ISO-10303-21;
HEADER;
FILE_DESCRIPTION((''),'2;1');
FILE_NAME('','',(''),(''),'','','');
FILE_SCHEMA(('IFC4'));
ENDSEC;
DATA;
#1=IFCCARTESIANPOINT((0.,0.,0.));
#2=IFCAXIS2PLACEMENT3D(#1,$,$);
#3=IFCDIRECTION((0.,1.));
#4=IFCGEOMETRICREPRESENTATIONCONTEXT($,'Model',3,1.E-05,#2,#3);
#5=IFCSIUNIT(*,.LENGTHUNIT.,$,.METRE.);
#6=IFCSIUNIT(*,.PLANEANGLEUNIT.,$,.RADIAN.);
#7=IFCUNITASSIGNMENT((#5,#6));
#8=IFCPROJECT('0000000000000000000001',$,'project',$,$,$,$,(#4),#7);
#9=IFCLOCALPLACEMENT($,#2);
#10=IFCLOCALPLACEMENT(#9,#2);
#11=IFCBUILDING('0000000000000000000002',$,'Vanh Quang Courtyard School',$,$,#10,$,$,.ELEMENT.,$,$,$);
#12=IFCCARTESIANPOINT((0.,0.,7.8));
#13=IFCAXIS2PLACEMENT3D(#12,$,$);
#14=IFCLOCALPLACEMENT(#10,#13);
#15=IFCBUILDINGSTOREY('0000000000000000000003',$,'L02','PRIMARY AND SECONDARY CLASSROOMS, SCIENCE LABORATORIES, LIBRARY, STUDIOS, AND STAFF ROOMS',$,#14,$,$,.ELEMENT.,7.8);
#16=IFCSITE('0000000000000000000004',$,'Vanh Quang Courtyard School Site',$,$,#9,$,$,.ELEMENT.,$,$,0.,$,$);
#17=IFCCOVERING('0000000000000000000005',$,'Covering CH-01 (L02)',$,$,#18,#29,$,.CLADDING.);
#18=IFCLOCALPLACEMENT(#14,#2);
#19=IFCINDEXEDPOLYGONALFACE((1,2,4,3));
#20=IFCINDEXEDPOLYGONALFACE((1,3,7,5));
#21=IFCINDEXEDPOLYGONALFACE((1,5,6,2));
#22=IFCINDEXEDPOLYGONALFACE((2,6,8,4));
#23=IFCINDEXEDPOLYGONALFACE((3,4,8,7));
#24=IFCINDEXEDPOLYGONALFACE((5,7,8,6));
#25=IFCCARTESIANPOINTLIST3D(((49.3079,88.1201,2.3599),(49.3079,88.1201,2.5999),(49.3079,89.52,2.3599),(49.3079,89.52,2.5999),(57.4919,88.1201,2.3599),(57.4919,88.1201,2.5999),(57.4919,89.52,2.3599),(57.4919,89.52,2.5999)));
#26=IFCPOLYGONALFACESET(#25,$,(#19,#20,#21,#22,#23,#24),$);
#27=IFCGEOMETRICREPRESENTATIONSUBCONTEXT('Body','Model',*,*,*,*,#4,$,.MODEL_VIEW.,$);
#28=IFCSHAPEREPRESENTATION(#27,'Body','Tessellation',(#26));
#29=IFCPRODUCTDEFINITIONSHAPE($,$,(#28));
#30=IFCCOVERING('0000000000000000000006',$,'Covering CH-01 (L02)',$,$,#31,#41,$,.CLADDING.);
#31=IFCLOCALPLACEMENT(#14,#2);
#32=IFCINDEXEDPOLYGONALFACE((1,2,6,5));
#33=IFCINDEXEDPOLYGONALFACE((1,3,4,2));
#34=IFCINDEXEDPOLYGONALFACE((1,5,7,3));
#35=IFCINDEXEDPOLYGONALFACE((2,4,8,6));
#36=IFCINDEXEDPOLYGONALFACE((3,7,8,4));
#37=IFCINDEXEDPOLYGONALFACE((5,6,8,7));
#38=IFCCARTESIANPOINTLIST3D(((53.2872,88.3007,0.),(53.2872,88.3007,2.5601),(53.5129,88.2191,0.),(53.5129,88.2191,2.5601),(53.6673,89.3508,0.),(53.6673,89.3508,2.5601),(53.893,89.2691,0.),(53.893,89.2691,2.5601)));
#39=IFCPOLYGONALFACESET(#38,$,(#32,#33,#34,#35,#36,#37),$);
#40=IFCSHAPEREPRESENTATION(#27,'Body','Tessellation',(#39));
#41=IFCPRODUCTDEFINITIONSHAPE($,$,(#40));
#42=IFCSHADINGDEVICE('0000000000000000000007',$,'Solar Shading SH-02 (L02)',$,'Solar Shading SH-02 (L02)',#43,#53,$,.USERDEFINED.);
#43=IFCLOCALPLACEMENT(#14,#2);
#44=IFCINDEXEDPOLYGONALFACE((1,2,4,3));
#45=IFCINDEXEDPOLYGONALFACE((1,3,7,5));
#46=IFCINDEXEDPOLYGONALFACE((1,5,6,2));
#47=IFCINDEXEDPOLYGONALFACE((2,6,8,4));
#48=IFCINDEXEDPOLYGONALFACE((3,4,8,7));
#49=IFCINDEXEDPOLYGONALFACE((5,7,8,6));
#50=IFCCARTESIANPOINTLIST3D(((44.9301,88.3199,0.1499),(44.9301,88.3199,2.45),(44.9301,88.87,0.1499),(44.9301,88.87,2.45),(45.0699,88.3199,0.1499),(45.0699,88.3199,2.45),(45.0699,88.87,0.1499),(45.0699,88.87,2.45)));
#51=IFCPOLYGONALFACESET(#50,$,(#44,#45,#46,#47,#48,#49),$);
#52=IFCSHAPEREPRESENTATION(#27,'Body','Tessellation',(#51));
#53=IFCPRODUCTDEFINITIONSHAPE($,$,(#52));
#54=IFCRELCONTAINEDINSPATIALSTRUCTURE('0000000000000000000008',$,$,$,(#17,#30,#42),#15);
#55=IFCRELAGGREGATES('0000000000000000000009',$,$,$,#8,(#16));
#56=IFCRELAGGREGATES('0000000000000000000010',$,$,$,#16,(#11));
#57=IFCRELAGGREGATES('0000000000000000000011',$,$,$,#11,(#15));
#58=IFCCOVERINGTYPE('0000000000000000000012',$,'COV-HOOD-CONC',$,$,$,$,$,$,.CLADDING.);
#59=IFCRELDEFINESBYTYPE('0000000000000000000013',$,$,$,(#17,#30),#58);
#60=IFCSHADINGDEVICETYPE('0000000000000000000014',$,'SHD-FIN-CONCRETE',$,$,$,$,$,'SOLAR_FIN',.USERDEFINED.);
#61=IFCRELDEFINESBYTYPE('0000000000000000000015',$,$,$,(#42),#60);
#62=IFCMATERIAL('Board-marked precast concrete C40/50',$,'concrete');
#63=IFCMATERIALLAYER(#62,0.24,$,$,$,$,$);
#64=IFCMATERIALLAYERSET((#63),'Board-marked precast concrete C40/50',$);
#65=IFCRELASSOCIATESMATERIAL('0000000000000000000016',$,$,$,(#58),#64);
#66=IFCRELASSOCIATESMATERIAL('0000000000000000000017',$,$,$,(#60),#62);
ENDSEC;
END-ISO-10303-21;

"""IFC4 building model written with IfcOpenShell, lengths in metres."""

from ifc_helpers import new_model, si_unit, direction, frame, origin, origin_2d, place, context, subcontext, project, spatial, rectangle, extrude, material, layer, layer_set, type_object, element, save


model = new_model("IFC4")

# Units and contexts
model_context = context("Model", 3, precision=1e-05, world=origin(), true_north=direction((0.0, 1.0)))
body_context = subcontext(model_context, "Body", "Model", "MODEL_VIEW")
ifc_project = project(units=[si_unit("LENGTHUNIT", "METRE"), si_unit("PLANEANGLEUNIT", "RADIAN")], contexts=[model_context])

# Site, building, storey
site_placement = place(None, origin())
site = spatial("IfcSite", under=ifc_project, at=site_placement, Name="Vanh Quang Courtyard School Site", CompositionType="ELEMENT", RefElevation=0.0)
building_placement = place(site_placement, origin())
building = spatial("IfcBuilding", under=site, at=building_placement, Name="Vanh Quang Courtyard School", CompositionType="ELEMENT")
storey_placement = place(building_placement, frame((0.0, 0.0, 7.8)))
storey = spatial("IfcBuildingStorey", under=building, at=storey_placement, Name="L02", Description="PRIMARY AND SECONDARY CLASSROOMS, SCIENCE LABORATORIES, LIBRARY, STUDIOS, AND STAFF ROOMS", CompositionType="ELEMENT", Elevation=7.8)

# Coverings
ifc_material_1 = material(Name="Board-marked precast concrete C40/50", Category="concrete")
ifc_layer_1 = layer(ifc_material_1, 0.24)
ifc_layer_set_1 = layer_set([ifc_layer_1], Name="Board-marked precast concrete C40/50")
covering_type = type_object("IfcCoveringType", Name="COV-HOOD-CONC", PredefinedType="CLADDING", material=ifc_layer_set_1)
covering_1_placement = place(storey_placement, frame((53.3999, 88.8201, 2.3599), z_axis=(0.0, 0.0, 1.0), x_axis=(1.0, 0.0, 0.0)))
element("IfcCovering", 1, at=covering_1_placement, inside=storey, type_object=covering_type, Name="Covering CH-01 (L02)", PredefinedType="CLADDING", context=body_context, shape_type="SweptSolid", body=[
    extrude(rectangle(XDim=8.1841, YDim=1.3999, at=origin_2d()), origin(), (0.0, 0.0, 1.0), 0.24),
])
covering_2_placement = place(storey_placement, frame((53.5901, 88.7849, 0.0), z_axis=(0.0, 0.0, 1.0), x_axis=(0.34038, 0.940288, 0.0)))
element("IfcCovering", 2, at=covering_2_placement, inside=storey, type_object=covering_type, Name="Covering CH-01 (L02)", PredefinedType="CLADDING", context=body_context, shape_type="SweptSolid", body=[
    extrude(rectangle(XDim=1.1167, YDim=0.24, at=origin_2d()), origin(), (0.0, 0.0, 1.0), 2.5601),
])

# Shading device
shading_device_type = type_object("IfcShadingDeviceType", Name="SHD-FIN-CONCRETE", ElementType="SOLAR_FIN", PredefinedType="USERDEFINED", material=ifc_material_1)
shading_device_placement = place(storey_placement, frame((45.0, 88.595, 0.1499), z_axis=(0.0, 0.0, 1.0), x_axis=(1.0, 0.0, 0.0)))
element("IfcShadingDevice", 3, at=shading_device_placement, inside=storey, type_object=shading_device_type, Name="Solar Shading SH-02 (L02)", ObjectType="Solar Shading SH-02 (L02)", PredefinedType="USERDEFINED", context=body_context, shape_type="SweptSolid", body=[
    extrude(rectangle(XDim=0.1399, YDim=0.55, at=origin_2d()), origin(), (0.0, 0.0, 1.0), 2.3),
])

save(model, "model.ifc")
